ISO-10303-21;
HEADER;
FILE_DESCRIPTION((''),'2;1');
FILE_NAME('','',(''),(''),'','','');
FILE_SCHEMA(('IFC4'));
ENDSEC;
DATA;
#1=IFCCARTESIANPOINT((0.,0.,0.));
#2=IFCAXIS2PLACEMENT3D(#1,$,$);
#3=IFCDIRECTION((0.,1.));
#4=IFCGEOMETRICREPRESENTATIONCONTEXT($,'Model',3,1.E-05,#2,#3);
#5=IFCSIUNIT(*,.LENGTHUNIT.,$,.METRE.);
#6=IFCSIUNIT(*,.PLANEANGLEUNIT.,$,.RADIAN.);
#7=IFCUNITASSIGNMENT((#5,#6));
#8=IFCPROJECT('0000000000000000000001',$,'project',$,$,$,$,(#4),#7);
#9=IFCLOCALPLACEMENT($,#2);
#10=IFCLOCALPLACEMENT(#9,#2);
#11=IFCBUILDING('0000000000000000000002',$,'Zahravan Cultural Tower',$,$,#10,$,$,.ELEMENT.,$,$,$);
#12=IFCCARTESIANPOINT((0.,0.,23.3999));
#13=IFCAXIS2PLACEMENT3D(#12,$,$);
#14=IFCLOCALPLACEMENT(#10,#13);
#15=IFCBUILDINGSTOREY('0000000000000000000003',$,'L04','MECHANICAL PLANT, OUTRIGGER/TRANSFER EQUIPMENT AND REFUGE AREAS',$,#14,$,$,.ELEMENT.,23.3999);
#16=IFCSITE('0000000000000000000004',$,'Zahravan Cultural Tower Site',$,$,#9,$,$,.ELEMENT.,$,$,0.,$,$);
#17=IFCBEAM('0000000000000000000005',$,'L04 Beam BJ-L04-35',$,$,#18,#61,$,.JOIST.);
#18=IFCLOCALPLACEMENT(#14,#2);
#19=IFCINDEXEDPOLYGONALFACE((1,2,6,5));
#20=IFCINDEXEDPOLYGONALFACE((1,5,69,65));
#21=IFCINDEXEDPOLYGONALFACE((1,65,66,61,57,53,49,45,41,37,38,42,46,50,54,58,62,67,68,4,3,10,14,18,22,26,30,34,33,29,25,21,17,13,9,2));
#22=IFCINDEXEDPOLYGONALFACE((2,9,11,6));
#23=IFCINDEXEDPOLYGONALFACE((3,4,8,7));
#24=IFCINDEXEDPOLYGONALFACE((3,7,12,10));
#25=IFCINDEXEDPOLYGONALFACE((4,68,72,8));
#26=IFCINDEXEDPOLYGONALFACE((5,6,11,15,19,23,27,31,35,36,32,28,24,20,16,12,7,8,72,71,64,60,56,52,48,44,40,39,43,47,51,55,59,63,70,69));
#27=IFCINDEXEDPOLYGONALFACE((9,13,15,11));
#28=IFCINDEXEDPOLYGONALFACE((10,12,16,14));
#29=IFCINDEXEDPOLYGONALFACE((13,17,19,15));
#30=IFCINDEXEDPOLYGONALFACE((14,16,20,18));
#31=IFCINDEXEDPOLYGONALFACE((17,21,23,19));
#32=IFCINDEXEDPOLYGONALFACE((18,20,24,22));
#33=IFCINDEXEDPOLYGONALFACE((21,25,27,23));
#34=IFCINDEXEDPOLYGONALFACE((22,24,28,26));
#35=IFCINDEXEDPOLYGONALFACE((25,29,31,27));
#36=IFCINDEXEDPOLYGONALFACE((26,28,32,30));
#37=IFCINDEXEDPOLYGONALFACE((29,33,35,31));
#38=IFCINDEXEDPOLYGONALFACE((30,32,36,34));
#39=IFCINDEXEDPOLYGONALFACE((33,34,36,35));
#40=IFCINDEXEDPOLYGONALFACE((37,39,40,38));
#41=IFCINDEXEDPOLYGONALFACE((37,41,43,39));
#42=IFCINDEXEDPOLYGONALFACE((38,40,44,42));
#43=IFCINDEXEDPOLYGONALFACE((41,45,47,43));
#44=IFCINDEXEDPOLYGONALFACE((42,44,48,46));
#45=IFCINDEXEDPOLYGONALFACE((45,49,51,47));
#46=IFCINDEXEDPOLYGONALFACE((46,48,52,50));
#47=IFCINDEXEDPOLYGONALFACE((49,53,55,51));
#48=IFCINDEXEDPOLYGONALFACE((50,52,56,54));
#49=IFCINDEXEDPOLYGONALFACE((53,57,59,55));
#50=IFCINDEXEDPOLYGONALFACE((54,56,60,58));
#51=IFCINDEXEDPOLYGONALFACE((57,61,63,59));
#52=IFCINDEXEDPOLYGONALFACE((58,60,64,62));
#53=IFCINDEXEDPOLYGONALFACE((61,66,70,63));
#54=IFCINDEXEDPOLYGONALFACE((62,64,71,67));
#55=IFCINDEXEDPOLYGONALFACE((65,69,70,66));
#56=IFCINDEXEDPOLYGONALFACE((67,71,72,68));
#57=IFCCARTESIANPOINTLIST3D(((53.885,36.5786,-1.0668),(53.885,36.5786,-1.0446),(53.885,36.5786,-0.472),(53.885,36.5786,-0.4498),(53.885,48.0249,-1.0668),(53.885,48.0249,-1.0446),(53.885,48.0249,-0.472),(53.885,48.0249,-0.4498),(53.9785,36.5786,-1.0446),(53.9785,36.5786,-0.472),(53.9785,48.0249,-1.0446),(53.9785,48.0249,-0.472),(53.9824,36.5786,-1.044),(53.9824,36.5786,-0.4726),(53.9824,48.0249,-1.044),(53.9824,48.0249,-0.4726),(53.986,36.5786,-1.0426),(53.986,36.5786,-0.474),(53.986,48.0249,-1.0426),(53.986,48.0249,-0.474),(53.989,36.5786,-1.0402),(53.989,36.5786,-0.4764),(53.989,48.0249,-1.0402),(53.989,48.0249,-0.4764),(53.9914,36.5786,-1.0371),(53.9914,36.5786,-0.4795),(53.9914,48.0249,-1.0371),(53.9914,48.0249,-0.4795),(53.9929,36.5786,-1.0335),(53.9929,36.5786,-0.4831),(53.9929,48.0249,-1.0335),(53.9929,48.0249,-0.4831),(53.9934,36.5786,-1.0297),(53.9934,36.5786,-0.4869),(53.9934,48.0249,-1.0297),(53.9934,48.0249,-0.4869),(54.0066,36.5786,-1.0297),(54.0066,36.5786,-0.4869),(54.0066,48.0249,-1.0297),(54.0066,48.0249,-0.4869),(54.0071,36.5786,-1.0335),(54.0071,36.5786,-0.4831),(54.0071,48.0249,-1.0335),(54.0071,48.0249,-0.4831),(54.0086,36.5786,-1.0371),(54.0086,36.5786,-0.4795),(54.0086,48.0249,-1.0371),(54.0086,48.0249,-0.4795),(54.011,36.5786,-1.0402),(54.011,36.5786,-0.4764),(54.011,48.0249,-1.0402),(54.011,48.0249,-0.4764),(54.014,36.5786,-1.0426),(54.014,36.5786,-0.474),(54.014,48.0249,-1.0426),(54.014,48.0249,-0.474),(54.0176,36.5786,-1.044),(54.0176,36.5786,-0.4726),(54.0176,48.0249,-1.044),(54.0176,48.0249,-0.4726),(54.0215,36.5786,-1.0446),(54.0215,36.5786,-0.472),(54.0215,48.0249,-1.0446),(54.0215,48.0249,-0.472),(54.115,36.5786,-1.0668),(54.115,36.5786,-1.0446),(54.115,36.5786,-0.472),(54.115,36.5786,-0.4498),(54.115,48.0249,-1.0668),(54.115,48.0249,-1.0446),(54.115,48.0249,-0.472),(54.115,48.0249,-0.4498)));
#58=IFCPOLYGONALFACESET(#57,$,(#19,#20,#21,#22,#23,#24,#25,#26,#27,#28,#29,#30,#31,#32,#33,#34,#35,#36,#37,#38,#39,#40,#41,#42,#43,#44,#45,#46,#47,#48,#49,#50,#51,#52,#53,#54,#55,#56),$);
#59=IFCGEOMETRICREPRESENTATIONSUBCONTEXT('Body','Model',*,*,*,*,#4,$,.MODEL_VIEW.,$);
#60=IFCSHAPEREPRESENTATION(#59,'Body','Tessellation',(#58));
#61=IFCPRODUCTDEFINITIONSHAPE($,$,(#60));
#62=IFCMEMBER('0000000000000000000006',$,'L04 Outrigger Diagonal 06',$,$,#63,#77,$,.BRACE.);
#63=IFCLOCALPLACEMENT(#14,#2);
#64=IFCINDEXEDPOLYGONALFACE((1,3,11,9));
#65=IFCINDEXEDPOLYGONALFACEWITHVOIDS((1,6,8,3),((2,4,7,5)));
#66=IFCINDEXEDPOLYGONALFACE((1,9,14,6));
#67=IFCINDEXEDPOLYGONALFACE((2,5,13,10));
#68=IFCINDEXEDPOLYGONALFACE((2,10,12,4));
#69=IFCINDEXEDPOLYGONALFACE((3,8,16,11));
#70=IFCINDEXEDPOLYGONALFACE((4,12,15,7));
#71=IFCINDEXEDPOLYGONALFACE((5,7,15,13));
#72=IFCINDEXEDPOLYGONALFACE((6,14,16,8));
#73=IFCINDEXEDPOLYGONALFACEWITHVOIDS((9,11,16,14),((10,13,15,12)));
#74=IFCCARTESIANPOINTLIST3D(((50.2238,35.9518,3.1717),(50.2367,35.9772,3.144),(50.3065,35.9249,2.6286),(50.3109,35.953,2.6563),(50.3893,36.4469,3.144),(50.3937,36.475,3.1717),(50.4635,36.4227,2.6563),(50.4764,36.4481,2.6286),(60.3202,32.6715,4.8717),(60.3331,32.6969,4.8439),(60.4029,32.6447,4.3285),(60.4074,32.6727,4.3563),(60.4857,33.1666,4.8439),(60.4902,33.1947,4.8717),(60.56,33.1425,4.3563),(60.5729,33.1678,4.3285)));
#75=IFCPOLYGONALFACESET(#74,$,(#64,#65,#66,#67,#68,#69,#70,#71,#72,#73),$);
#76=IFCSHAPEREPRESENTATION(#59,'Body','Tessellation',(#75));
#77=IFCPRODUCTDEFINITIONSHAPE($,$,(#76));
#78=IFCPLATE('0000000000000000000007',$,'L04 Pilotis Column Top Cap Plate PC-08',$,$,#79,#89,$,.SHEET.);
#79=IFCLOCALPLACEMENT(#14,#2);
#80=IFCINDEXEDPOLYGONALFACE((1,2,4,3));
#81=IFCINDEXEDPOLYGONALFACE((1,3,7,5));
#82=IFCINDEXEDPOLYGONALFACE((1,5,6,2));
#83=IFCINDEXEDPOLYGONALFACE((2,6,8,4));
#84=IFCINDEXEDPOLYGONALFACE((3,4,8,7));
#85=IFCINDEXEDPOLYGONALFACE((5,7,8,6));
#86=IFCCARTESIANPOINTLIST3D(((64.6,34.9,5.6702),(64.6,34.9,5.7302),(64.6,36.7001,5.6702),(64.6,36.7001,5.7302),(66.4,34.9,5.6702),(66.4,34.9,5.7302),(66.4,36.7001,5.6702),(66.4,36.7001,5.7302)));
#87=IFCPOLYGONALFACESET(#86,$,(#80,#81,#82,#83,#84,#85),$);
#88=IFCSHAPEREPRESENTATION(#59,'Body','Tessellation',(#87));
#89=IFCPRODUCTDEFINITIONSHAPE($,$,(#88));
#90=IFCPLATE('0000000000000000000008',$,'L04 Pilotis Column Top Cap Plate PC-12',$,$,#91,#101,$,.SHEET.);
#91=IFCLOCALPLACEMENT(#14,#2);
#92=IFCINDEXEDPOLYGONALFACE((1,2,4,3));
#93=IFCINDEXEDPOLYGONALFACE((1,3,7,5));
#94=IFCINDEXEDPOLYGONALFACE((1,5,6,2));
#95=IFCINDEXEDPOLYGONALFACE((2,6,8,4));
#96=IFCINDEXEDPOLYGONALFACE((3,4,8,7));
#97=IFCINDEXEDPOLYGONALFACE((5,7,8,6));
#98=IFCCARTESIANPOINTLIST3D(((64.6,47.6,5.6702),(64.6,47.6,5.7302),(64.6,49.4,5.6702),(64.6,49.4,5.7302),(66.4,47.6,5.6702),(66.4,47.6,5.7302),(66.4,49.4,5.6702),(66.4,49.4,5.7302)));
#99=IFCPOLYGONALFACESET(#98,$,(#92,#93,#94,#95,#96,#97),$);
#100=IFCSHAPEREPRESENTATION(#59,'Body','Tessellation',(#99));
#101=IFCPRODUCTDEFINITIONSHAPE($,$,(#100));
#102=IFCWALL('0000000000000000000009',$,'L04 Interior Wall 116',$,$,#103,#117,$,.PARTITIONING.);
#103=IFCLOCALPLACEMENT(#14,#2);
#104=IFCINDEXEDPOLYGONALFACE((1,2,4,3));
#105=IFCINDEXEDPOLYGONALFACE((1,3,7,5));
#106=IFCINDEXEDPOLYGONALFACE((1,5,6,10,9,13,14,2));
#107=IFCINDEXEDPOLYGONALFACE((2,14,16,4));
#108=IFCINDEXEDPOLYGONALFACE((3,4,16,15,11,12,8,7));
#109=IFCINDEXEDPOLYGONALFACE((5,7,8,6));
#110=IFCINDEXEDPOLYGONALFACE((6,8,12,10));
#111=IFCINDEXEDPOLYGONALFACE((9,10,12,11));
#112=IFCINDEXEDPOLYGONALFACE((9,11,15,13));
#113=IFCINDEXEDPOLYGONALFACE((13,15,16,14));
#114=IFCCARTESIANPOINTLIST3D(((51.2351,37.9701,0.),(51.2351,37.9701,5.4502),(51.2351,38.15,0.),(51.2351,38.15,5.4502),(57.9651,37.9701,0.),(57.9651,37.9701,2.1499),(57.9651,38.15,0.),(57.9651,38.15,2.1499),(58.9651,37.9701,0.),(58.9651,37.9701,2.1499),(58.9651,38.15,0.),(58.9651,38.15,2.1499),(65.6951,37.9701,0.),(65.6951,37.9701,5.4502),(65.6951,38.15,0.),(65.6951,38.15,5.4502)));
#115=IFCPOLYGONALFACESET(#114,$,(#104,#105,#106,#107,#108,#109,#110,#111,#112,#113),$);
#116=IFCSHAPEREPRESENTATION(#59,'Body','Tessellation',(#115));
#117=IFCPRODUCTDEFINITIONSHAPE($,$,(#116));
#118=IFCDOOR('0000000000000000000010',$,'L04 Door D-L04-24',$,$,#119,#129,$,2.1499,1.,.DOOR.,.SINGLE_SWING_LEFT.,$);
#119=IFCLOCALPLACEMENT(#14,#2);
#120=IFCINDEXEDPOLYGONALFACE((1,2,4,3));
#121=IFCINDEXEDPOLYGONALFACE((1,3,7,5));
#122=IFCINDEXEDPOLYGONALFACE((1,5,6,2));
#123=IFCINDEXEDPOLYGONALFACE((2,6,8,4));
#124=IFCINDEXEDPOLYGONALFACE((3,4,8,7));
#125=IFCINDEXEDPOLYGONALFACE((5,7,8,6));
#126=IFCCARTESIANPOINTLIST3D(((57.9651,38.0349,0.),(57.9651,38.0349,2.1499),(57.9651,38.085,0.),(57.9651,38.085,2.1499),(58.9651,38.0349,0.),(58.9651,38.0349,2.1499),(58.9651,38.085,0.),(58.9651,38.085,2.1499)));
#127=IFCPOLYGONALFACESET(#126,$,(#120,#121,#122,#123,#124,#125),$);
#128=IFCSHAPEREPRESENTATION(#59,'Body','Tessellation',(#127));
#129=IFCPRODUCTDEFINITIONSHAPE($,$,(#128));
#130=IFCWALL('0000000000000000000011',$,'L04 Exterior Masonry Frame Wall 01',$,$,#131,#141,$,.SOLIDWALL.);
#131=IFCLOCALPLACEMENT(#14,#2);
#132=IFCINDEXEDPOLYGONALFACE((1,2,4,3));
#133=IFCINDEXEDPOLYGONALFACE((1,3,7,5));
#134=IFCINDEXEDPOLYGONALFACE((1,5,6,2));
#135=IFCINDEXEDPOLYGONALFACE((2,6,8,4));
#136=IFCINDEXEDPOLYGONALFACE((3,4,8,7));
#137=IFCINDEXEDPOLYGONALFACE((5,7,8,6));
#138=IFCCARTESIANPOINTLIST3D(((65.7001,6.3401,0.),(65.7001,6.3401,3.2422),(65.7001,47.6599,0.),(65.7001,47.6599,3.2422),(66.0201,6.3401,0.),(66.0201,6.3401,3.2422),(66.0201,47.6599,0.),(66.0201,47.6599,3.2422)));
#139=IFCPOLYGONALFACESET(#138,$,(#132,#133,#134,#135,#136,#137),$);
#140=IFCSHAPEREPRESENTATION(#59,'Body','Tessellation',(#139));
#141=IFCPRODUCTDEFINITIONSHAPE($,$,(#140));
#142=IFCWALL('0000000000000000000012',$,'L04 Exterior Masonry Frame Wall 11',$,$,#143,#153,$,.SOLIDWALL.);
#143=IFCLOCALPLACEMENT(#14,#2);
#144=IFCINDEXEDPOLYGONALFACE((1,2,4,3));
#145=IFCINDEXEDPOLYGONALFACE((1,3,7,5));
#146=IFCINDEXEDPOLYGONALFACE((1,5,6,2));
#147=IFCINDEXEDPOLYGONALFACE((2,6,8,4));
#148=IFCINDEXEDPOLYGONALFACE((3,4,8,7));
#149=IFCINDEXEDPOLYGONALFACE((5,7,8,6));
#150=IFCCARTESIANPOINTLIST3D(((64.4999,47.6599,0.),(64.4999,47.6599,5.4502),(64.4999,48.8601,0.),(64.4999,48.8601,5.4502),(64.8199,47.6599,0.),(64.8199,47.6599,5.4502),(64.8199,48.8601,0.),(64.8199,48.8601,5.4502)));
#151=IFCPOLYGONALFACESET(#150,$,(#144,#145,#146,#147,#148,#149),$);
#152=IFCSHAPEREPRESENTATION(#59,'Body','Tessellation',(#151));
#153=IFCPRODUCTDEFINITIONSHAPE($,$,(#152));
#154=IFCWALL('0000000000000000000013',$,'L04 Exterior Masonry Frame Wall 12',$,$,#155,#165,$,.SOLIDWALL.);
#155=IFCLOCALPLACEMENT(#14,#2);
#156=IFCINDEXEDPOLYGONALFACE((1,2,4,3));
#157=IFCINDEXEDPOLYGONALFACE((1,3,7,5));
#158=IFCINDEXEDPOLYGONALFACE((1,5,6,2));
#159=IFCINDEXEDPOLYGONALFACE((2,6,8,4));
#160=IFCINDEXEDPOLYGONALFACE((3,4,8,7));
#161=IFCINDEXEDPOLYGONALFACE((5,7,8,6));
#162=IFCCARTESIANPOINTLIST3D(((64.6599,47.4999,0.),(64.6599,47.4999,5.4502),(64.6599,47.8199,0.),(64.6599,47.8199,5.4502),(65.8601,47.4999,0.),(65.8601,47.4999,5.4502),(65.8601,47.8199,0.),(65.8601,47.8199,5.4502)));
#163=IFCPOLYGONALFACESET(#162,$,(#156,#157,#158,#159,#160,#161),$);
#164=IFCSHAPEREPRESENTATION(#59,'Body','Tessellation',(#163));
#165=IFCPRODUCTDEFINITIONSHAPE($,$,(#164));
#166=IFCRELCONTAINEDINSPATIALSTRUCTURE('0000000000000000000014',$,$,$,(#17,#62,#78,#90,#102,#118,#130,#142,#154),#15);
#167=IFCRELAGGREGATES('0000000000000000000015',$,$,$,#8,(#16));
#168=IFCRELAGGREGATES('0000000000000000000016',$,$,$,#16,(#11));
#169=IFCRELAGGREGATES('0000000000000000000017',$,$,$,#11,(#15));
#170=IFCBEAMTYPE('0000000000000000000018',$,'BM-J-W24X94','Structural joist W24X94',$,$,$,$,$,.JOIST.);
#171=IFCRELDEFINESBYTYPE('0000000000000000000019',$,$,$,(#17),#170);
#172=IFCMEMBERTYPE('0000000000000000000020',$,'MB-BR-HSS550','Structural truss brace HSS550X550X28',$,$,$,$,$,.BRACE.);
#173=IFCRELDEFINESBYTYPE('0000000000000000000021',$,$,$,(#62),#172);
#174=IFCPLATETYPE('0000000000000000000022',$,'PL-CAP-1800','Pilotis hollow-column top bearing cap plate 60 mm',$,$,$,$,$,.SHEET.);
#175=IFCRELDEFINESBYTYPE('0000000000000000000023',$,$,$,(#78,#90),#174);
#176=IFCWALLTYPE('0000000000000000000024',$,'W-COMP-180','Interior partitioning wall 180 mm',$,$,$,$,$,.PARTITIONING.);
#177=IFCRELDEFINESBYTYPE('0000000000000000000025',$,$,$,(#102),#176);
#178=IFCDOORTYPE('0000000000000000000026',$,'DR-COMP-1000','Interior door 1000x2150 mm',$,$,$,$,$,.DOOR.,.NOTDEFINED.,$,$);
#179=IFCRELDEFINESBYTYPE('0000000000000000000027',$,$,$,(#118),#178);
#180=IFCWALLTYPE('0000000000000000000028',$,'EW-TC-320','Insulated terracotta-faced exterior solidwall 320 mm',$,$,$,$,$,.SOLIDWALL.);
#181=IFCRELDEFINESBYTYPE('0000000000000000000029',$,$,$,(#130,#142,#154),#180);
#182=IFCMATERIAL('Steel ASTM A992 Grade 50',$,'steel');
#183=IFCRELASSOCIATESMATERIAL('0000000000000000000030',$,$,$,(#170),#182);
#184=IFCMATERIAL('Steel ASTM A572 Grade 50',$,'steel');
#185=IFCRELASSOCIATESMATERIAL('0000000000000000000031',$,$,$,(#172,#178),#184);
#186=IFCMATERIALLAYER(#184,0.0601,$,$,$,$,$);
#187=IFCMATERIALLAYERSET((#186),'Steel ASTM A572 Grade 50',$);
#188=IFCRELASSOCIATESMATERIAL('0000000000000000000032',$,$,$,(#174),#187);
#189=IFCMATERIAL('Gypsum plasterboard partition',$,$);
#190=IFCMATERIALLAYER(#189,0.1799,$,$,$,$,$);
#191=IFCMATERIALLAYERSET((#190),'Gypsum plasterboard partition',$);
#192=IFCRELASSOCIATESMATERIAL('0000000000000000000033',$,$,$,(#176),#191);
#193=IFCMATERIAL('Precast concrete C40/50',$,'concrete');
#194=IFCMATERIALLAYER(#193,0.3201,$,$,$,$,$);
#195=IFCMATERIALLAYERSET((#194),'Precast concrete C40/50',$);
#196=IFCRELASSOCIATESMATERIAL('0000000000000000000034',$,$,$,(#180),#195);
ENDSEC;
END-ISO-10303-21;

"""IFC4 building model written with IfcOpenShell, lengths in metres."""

from ifc_helpers import new_model, si_unit, direction, frame, frame_2d, origin, origin_2d, place, context, subcontext, project, spatial, rectangle, hollow_rectangle, i_section, extrude, source, transform, mapped, material, layer, layer_set, material_profile, profile_set, type_object, element, fill, save


model = new_model("IFC4")

# Units and contexts
model_context = context("Model", 3, precision=1e-05, world=origin(), true_north=direction((0.0, 1.0)))
body_context = subcontext(model_context, "Body", "Model", "MODEL_VIEW")
ifc_project = project(units=[si_unit("LENGTHUNIT", "METRE"), si_unit("PLANEANGLEUNIT", "RADIAN")], contexts=[model_context])

# Site, building, storey
site_placement = place(None, origin())
site = spatial("IfcSite", under=ifc_project, at=site_placement, Name="Zahravan Cultural Tower Site", CompositionType="ELEMENT", RefElevation=0.0)
building_placement = place(site_placement, origin())
building = spatial("IfcBuilding", under=site, at=building_placement, Name="Zahravan Cultural Tower", CompositionType="ELEMENT")
storey_placement = place(building_placement, frame((0.0, 0.0, 23.3999)))
storey = spatial("IfcBuildingStorey", under=building, at=storey_placement, Name="L04", Description="MECHANICAL PLANT, OUTRIGGER/TRANSFER EQUIPMENT AND REFUGE AREAS", CompositionType="ELEMENT", Elevation=23.3999)

# Shared definitions
ifc_material_1 = material(Name="Steel ASTM A572 Grade 50", Category="steel")

# Beam
ifc_material_2 = material(Name="Steel ASTM A992 Grade 50", Category="steel")
ifc_material_profile_1 = material_profile(ifc_material_2, i_section(OverallWidth=0.23, OverallDepth=0.6169, WebThickness=0.0132, FlangeThickness=0.0222, FilletRadius=0.0149, at=origin_2d()), Name="W24X94")
ifc_profile_set_1 = profile_set([ifc_material_profile_1], Name="Steel ASTM A992 Grade 50")
beam_type = type_object("IfcBeamType", Name="BM-J-W24X94", Description="Structural joist W24X94", PredefinedType="JOIST", material=ifc_profile_set_1)
shared_shape_1 = source(origin(), body_context, "Body", "SweptSolid", [
    extrude(i_section(OverallWidth=0.23, OverallDepth=0.6169, WebThickness=0.0132, FlangeThickness=0.0222, FilletRadius=0.0149, at=origin_2d()), origin(), (0.0, 0.0, 1.0), 11.4463),
])
beam_1_placement = place(storey_placement, frame((54.0, 36.5786, -0.7583), z_axis=(0.0, 1.0, 0.0), x_axis=(-1.0, 0.0, 0.0)))
element("IfcBeam", 1, at=beam_1_placement, inside=storey, type_object=beam_type, Name="L04 Beam BJ-L04-35", PredefinedType="JOIST", context=body_context, shape_type="MappedRepresentation", body=[
    mapped(shared_shape_1, transform((0.0, 0.0, 0.0), x_axis=(1.0, 0.0, 0.0), y_axis=(0.0, 1.0, 0.0), z_axis=(0.0, 0.0, 1.0), scale=1.0)),
])

# Member
ifc_material_profile_2 = material_profile(ifc_material_1, hollow_rectangle(XDim=0.55, YDim=0.55, WallThickness=0.0281, at=origin_2d()), Name="HSS550X550X28")
ifc_profile_set_2 = profile_set([ifc_material_profile_2], Name="Steel ASTM A572 Grade 50")
member_type = type_object("IfcMemberType", Name="MB-BR-HSS550", Description="Structural truss brace HSS550X550X28", PredefinedType="BRACE", material=ifc_profile_set_2)
shared_shape_2 = source(origin(), body_context, "Body", "SweptSolid", [
    extrude(hollow_rectangle(XDim=0.55, YDim=0.55, WallThickness=0.0281, at=origin_2d()), origin(), (0.0, 0.0, 1.0), 10.7512),
])
member_placement = place(storey_placement, frame((50.3501, 36.2, 2.9001), z_axis=(0.9391, -0.305108, 0.158118), x_axis=(0.308995, 0.951064, 0.0)))
element("IfcMember", 2, at=member_placement, inside=storey, type_object=member_type, Name="L04 Outrigger Diagonal 06", PredefinedType="BRACE", context=body_context, shape_type="MappedRepresentation", body=[
    mapped(shared_shape_2, transform((0.0, 0.0, 0.0), x_axis=(1.0, 0.0, 0.0), y_axis=(0.0, 1.0, 0.0), z_axis=(0.0, 0.0, 1.0), scale=1.0)),
])

# Plates
ifc_layer_1 = layer(ifc_material_1, 0.0601)
ifc_layer_set_1 = layer_set([ifc_layer_1], Name="Steel ASTM A572 Grade 50")
plate_type = type_object("IfcPlateType", Name="PL-CAP-1800", Description="Pilotis hollow-column top bearing cap plate 60 mm", PredefinedType="SHEET", material=ifc_layer_set_1)
shared_shape_3 = source(origin(), body_context, "Body", "SweptSolid", [
    extrude(rectangle(XDim=1.8, YDim=1.8, at=origin_2d()), origin(), (0.0, 0.0, 1.0), 0.0601),
])
for number, where, z_axis, x_axis, name in (
    (3, (65.5, 35.8, 5.6702), (0.0, 0.0, 1.0), (1.0, 0.0, 0.0), "L04 Pilotis Column Top Cap Plate PC-08"),
    (4, (65.5, 48.5, 5.6702), (0.0, 0.0, 1.0), (1.0, 0.0, 0.0), "L04 Pilotis Column Top Cap Plate PC-12"),
):
    element("IfcPlate", number, at=place(storey_placement, frame(where, z_axis=z_axis, x_axis=x_axis)), inside=storey, type_object=plate_type, Name=name, PredefinedType="SHEET", context=body_context, shape_type="MappedRepresentation", body=[
        mapped(shared_shape_3, transform((0.0, 0.0, 0.0), x_axis=(1.0, 0.0, 0.0), y_axis=(0.0, 1.0, 0.0), z_axis=(0.0, 0.0, 1.0), scale=1.0)),
    ])

# Wall, opening, door
ifc_material_3 = material(Name="Gypsum plasterboard partition")
ifc_layer_2 = layer(ifc_material_3, 0.1799)
ifc_layer_set_2 = layer_set([ifc_layer_2], Name="Gypsum plasterboard partition")
wall_type_1 = type_object("IfcWallType", Name="W-COMP-180", Description="Interior partitioning wall 180 mm", PredefinedType="PARTITIONING", material=ifc_layer_set_2)
wall_1_placement = place(storey_placement, frame((51.2351, 38.0601, 0.0), z_axis=(0.0, 0.0, 1.0), x_axis=(1.0, 0.0, 0.0)))
wall_1 = element("IfcWall", 5, at=wall_1_placement, inside=storey, type_object=wall_type_1, Name="L04 Interior Wall 116", PredefinedType="PARTITIONING", context=body_context, shape_type="SweptSolid", body=[
    extrude(rectangle(XDim=14.46, YDim=0.1799, at=frame_2d((7.23, 0.0))), origin(), (0.0, 0.0, 1.0), 5.4502),
])
opening_placement = place(wall_1_placement, frame((6.73, 0.0, 0.0)))
opening = element("IfcOpeningElement", 6, at=opening_placement, cuts=wall_1, PredefinedType="OPENING", context=body_context, shape_type="SweptSolid", body=[
    extrude(rectangle(XDim=1.0, YDim=2.1499, at=frame_2d((0.5, 1.075))), frame((0.0, 0.0999, 0.0), z_axis=(0.0, -1.0, 0.0), x_axis=(1.0, 0.0, 0.0)), (0.0, 0.0, 1.0), 0.2),
])
door_type = type_object("IfcDoorType", Name="DR-COMP-1000", Description="Interior door 1000x2150 mm", OperationType="NOTDEFINED", PredefinedType="DOOR", material=ifc_material_1)
shared_shape_4 = source(origin(), body_context, "Body", "SweptSolid", [
    extrude(rectangle(XDim=1.0, YDim=2.1499, at=frame_2d((0.5, 1.075))), frame((0.0, 0.0249, 0.0), z_axis=(0.0, -1.0, 0.0), x_axis=(1.0, 0.0, 0.0)), (0.0, 0.0, 1.0), 0.05),
])
door_placement = place(opening_placement, origin())
door = element("IfcDoor", 7, at=door_placement, inside=storey, type_object=door_type, Name="L04 Door D-L04-24", OperationType="SINGLE_SWING_LEFT", OverallHeight=2.1499, OverallWidth=1.0, PredefinedType="DOOR", context=body_context, shape_type="MappedRepresentation", body=[
    mapped(shared_shape_4, transform((0.0, 0.0, 0.0), x_axis=(1.0, 0.0, 0.0), y_axis=(0.0, 1.0, 0.0), z_axis=(0.0, 0.0, 1.0), scale=1.0)),
])
fill(opening, door)

# Walls
ifc_material_4 = material(Name="Precast concrete C40/50", Category="concrete")
ifc_layer_3 = layer(ifc_material_4, 0.3201)
ifc_layer_set_3 = layer_set([ifc_layer_3], Name="Precast concrete C40/50")
wall_type_2 = type_object("IfcWallType", Name="EW-TC-320", Description="Insulated terracotta-faced exterior solidwall 320 mm", PredefinedType="SOLIDWALL", material=ifc_layer_set_3)
shared_shape_5 = source(origin(), body_context, "Body", "SweptSolid", [
    extrude(rectangle(XDim=41.3198, YDim=0.3201, at=frame_2d((20.6599, 0.0))), origin(), (0.0, 0.0, 1.0), 3.2422),
])
wall_2_placement = place(storey_placement, frame((65.8601, 47.6599, 0.0), z_axis=(0.0, 0.0, 1.0), x_axis=(0.0, -1.0, 0.0)))
element("IfcWall", 8, at=wall_2_placement, inside=storey, type_object=wall_type_2, Name="L04 Exterior Masonry Frame Wall 01", PredefinedType="SOLIDWALL", context=body_context, shape_type="MappedRepresentation", body=[
    mapped(shared_shape_5, transform((0.0, 0.0, 0.0), x_axis=(1.0, 0.0, 0.0), y_axis=(0.0, 1.0, 0.0), z_axis=(0.0, 0.0, 1.0), scale=1.0)),
])
shared_shape_6 = source(origin(), body_context, "Body", "SweptSolid", [
    extrude(rectangle(XDim=1.2002, YDim=0.3201, at=frame_2d((0.6001, 0.0))), origin(), (0.0, 0.0, 1.0), 5.4502),
])
for number, where, z_axis, x_axis, name in (
    (9, (64.6599, 48.8601, 0.0), (0.0, 0.0, 1.0), (0.0, -1.0, 0.0), "L04 Exterior Masonry Frame Wall 11"),
    (10, (64.6599, 47.6599, 0.0), (0.0, 0.0, 1.0), (1.0, 0.0, 0.0), "L04 Exterior Masonry Frame Wall 12"),
):
    element("IfcWall", number, at=place(storey_placement, frame(where, z_axis=z_axis, x_axis=x_axis)), inside=storey, type_object=wall_type_2, Name=name, PredefinedType="SOLIDWALL", context=body_context, shape_type="MappedRepresentation", body=[
        mapped(shared_shape_6, transform((0.0, 0.0, 0.0), x_axis=(1.0, 0.0, 0.0), y_axis=(0.0, 1.0, 0.0), z_axis=(0.0, 0.0, 1.0), scale=1.0)),
    ])

save(model, "model.ifc")
